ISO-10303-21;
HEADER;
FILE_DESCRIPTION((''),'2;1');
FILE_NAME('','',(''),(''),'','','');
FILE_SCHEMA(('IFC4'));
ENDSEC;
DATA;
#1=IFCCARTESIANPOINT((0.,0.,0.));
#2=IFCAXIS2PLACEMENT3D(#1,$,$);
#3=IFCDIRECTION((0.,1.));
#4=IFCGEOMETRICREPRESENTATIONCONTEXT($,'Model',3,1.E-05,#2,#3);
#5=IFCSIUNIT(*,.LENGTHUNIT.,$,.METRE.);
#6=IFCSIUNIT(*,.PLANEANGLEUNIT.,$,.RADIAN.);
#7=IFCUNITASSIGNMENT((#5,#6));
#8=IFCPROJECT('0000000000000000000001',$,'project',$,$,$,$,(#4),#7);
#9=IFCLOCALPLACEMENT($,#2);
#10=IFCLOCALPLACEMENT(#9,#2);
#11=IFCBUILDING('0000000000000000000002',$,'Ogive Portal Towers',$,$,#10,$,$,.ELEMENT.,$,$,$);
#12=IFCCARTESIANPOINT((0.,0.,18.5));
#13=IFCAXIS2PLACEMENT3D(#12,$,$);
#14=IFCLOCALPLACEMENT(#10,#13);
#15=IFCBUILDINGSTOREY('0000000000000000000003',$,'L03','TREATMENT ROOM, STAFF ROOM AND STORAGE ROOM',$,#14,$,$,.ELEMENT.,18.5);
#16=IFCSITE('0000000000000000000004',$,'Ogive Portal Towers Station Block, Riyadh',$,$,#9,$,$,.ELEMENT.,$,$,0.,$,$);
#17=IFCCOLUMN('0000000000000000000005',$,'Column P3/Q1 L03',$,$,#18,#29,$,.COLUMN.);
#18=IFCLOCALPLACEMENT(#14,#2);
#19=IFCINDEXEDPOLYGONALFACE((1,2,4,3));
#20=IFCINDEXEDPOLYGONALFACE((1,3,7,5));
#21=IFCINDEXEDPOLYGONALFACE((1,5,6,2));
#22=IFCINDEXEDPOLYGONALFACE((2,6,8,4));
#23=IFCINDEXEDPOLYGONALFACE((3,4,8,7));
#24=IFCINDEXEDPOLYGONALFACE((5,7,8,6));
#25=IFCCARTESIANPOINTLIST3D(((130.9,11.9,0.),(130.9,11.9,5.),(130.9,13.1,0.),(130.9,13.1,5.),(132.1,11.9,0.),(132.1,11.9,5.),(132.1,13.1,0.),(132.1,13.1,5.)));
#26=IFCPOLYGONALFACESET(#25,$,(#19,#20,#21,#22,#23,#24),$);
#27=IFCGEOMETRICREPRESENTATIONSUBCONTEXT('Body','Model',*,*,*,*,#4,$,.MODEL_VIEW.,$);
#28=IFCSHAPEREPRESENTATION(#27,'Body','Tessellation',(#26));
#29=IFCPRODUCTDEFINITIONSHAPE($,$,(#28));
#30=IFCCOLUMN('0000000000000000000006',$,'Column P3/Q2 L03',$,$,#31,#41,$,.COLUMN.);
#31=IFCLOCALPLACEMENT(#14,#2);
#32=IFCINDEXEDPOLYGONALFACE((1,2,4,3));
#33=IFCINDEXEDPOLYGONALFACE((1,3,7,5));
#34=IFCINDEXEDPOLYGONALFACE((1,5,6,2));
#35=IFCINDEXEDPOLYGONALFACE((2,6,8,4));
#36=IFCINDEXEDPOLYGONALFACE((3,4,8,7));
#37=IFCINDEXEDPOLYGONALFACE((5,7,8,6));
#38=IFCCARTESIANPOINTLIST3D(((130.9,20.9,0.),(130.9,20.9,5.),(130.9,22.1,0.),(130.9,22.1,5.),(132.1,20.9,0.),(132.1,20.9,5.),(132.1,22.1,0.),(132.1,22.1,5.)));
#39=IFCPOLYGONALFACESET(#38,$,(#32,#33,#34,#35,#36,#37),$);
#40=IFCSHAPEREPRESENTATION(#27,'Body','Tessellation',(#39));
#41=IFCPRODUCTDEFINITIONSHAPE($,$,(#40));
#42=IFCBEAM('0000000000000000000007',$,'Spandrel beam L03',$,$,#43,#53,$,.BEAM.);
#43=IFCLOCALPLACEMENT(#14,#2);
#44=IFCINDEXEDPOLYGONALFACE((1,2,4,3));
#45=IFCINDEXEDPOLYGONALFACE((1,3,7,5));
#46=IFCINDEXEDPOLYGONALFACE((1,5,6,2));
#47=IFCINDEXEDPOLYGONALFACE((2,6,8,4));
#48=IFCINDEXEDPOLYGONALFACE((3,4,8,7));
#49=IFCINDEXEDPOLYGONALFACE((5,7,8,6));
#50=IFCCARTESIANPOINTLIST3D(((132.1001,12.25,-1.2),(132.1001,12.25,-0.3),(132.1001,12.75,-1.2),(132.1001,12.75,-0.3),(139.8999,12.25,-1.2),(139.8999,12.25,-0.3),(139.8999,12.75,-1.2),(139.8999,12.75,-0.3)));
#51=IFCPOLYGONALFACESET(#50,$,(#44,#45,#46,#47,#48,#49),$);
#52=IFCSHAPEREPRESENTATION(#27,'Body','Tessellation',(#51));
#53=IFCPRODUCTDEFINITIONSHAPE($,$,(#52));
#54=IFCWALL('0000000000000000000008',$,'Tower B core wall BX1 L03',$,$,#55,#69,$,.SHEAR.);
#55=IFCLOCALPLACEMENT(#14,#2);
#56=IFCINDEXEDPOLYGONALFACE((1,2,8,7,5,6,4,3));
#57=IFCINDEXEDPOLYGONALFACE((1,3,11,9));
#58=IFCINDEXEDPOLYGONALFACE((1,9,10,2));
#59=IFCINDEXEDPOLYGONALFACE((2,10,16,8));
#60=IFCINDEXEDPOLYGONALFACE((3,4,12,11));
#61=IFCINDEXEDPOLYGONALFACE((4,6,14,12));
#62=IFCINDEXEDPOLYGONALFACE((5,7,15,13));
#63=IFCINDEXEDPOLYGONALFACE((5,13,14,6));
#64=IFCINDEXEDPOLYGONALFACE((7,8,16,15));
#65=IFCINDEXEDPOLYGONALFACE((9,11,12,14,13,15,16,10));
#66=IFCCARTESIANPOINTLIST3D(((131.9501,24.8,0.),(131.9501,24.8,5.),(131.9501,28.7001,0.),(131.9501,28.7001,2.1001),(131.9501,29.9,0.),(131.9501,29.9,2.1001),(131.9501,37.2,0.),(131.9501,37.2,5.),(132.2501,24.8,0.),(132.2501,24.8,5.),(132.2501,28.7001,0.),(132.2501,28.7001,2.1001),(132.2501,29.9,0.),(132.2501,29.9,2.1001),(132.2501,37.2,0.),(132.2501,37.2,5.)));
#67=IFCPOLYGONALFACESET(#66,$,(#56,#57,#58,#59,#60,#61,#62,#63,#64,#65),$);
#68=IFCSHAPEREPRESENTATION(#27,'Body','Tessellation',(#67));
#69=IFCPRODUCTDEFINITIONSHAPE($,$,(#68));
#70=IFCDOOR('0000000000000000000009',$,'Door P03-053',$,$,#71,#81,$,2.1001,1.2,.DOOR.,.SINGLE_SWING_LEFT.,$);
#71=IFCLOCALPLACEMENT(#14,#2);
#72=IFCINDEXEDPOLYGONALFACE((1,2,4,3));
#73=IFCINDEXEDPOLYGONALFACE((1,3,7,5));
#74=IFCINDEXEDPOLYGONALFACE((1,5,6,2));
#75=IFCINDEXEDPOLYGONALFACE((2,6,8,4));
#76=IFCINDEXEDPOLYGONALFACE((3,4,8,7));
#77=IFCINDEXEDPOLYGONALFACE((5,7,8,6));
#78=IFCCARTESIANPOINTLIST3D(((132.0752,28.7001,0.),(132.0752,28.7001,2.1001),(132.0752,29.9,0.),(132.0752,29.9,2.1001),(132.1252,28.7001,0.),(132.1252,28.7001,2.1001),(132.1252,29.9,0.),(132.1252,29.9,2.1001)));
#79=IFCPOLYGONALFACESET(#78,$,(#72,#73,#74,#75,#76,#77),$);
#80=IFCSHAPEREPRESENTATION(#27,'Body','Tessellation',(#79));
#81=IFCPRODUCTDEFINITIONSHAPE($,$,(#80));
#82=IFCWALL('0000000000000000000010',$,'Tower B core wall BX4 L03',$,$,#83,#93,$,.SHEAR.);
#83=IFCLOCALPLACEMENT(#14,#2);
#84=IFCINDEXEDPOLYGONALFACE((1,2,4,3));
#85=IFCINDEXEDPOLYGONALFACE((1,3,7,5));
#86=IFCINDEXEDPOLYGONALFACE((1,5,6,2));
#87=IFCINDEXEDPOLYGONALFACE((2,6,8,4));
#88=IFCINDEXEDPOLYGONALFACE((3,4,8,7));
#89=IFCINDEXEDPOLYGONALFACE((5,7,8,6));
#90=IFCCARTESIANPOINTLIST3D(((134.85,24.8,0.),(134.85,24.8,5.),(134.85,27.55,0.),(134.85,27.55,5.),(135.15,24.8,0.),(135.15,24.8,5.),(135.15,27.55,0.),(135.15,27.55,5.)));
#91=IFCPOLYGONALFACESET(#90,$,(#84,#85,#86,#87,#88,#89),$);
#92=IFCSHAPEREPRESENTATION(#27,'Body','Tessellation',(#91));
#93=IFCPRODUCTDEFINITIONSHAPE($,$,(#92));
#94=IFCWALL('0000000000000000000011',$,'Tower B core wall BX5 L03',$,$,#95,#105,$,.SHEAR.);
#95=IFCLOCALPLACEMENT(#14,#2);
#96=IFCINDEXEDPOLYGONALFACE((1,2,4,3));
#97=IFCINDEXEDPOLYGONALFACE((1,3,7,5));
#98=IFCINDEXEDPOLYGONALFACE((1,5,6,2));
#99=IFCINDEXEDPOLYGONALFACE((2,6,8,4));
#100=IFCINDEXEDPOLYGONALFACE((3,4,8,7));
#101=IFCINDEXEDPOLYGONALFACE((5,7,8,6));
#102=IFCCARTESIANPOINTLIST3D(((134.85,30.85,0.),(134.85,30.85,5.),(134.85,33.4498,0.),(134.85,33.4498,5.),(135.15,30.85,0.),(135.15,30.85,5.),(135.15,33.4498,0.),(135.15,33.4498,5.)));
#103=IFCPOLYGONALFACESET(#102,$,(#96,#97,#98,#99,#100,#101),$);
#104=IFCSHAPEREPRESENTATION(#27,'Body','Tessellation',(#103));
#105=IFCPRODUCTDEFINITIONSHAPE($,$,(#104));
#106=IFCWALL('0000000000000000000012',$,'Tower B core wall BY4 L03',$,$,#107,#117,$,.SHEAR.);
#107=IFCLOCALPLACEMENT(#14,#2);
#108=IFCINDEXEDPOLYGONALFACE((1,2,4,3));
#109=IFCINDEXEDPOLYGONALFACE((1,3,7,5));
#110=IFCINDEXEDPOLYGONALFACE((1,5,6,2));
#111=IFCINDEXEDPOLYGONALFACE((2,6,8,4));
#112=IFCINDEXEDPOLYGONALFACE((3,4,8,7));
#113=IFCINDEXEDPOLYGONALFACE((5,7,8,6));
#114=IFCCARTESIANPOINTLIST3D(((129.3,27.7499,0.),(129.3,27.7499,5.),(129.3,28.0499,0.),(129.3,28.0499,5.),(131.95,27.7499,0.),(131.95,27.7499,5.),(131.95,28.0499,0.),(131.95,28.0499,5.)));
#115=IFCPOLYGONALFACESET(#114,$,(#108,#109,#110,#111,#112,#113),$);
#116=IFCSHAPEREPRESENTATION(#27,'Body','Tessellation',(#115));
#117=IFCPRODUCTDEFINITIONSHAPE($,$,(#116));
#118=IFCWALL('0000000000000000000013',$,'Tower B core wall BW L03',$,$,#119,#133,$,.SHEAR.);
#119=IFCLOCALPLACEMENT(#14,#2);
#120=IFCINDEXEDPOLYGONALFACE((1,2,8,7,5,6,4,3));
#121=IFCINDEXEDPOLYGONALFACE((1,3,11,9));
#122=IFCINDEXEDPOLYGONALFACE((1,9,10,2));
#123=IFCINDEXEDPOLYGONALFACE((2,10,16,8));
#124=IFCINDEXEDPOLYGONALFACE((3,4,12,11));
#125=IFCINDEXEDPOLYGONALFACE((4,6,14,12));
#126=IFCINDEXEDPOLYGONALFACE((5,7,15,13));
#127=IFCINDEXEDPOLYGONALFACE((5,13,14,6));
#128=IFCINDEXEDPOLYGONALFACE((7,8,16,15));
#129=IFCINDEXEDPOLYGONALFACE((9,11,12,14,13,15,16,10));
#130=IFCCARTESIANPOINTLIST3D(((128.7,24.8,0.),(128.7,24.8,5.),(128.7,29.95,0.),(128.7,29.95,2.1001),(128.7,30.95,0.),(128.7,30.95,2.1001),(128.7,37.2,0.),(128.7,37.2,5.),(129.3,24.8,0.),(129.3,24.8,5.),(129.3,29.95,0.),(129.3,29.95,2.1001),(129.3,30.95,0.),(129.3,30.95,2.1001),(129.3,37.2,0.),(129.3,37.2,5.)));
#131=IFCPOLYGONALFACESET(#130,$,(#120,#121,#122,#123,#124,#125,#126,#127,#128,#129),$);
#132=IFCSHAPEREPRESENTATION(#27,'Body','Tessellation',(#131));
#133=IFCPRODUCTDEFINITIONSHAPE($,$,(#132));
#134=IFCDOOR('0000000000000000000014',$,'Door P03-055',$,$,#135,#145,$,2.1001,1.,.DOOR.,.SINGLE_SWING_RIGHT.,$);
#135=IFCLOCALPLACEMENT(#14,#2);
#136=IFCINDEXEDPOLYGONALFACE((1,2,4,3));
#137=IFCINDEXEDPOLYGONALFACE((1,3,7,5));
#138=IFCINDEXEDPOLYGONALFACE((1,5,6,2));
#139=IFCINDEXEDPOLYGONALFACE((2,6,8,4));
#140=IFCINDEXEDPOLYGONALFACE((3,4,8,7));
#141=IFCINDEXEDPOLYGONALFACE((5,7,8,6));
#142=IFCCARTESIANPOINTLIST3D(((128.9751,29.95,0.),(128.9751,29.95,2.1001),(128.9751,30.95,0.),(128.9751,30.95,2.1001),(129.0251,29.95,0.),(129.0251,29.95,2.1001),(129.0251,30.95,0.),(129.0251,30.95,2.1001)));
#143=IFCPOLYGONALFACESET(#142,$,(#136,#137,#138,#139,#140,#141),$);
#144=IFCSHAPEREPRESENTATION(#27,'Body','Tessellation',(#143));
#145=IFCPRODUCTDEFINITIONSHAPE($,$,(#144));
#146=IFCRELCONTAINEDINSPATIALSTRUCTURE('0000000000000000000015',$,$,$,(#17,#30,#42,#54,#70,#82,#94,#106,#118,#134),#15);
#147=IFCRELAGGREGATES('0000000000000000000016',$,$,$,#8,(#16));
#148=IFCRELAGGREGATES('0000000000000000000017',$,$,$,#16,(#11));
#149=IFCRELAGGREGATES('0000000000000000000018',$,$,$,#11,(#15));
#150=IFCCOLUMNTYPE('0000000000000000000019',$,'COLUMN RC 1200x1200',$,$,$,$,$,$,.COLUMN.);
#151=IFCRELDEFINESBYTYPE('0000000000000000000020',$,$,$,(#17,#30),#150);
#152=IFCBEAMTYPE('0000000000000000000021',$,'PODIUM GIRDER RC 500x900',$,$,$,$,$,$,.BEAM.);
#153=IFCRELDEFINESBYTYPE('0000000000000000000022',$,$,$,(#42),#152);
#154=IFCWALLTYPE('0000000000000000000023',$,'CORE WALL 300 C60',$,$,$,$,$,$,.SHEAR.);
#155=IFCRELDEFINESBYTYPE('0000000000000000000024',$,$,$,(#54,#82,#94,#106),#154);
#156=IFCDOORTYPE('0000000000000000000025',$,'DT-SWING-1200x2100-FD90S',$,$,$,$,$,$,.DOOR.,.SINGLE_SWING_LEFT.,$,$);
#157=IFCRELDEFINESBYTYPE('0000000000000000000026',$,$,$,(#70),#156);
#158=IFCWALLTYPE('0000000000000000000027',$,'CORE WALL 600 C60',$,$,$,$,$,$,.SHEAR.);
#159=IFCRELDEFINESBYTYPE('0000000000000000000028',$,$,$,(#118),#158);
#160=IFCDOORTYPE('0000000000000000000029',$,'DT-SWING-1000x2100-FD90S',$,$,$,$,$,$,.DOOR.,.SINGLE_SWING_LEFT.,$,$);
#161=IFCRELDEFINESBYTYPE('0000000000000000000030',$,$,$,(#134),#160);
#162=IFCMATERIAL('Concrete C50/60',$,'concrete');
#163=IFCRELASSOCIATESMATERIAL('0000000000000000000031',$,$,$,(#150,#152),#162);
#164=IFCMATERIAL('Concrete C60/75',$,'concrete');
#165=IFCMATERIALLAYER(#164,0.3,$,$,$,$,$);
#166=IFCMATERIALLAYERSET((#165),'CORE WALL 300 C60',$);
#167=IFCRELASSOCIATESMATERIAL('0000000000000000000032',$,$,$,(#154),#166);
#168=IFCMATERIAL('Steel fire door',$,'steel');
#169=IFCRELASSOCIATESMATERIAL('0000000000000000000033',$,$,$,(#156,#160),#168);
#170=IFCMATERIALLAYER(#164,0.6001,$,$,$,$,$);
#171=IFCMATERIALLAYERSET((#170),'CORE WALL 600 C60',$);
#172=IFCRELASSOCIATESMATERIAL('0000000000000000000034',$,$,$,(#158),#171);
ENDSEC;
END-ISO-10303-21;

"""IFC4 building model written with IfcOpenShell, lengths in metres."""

from ifc_helpers import new_model, si_unit, direction, frame, frame_2d, origin, origin_2d, place, context, subcontext, project, spatial, rectangle, extrude, material, layer, layer_set, material_profile, profile_set, type_object, element, fill, save


model = new_model("IFC4")

# Units and contexts
model_context = context("Model", 3, precision=1e-05, world=origin(), true_north=direction((0.0, 1.0)))
body_context = subcontext(model_context, "Body", "Model", "MODEL_VIEW")
ifc_project = project(units=[si_unit("LENGTHUNIT", "METRE"), si_unit("PLANEANGLEUNIT", "RADIAN")], contexts=[model_context])

# Site, building, storey
site_placement = place(None, origin())
site = spatial("IfcSite", under=ifc_project, at=site_placement, Name="Ogive Portal Towers Station Block, Riyadh", CompositionType="ELEMENT", RefElevation=0.0)
building_placement = place(site_placement, origin())
building = spatial("IfcBuilding", under=site, at=building_placement, Name="Ogive Portal Towers", CompositionType="ELEMENT")
storey_placement = place(building_placement, frame((0.0, 0.0, 18.5)))
storey = spatial("IfcBuildingStorey", under=building, at=storey_placement, Name="L03", Description="TREATMENT ROOM, STAFF ROOM AND STORAGE ROOM", CompositionType="ELEMENT", Elevation=18.5)

# Columns
ifc_material_1 = material(Name="Concrete C50/60", Category="concrete")
ifc_material_profile_1 = material_profile(ifc_material_1, rectangle(XDim=1.2, YDim=1.2, at=origin_2d()), Name="RC 1200x1200")
ifc_profile_set_1 = profile_set([ifc_material_profile_1], Name="Concrete C50/60")
column_type = type_object("IfcColumnType", Name="COLUMN RC 1200x1200", PredefinedType="COLUMN", material=ifc_profile_set_1)
for number, where, z_axis, x_axis, name in (
    (1, (131.5, 12.5, 0.0), (0.0, 0.0, 1.0), (1.0, 0.0, 0.0), "Column P3/Q1 L03"),
    (2, (131.5, 21.5, 0.0), (0.0, 0.0, 1.0), (1.0, 0.0, 0.0), "Column P3/Q2 L03"),
):
    element("IfcColumn", number, at=place(storey_placement, frame(where, z_axis=z_axis, x_axis=x_axis)), inside=storey, type_object=column_type, Name=name, PredefinedType="COLUMN", context=body_context, shape_type="SweptSolid", body=[
        extrude(rectangle(XDim=1.2, YDim=1.2, at=origin_2d()), origin(), (0.0, 0.0, 1.0), 5.0),
    ])

# Beam
ifc_material_profile_2 = material_profile(ifc_material_1, rectangle(XDim=0.5, YDim=0.8999, at=origin_2d()), Name="RC 500x900")
ifc_profile_set_2 = profile_set([ifc_material_profile_2], Name="Concrete C50/60")
beam_type = type_object("IfcBeamType", Name="PODIUM GIRDER RC 500x900", PredefinedType="BEAM", material=ifc_profile_set_2)
beam_placement = place(storey_placement, frame((132.1001, 12.5, -0.75), z_axis=(1.0, 0.0, 0.0), x_axis=(0.0, 1.0, 0.0)))
element("IfcBeam", 3, at=beam_placement, inside=storey, type_object=beam_type, Name="Spandrel beam L03", PredefinedType="BEAM", context=body_context, shape_type="SweptSolid", body=[
    extrude(rectangle(XDim=0.5, YDim=0.8999, at=origin_2d()), origin(), (0.0, 0.0, 1.0), 7.7998),
])

# Wall, opening, door
ifc_material_2 = material(Name="Concrete C60/75", Category="concrete")
ifc_layer_1 = layer(ifc_material_2, 0.3)
ifc_layer_set_1 = layer_set([ifc_layer_1], Name="CORE WALL 300 C60")
wall_type_1 = type_object("IfcWallType", Name="CORE WALL 300 C60", PredefinedType="SHEAR", material=ifc_layer_set_1)
wall_1_placement = place(storey_placement, frame((132.1001, 24.8, 0.0), z_axis=(0.0, 0.0, 1.0), x_axis=(0.0, 1.0, 0.0)))
wall_1 = element("IfcWall", 4, at=wall_1_placement, inside=storey, type_object=wall_type_1, Name="Tower B core wall BX1 L03", PredefinedType="SHEAR", context=body_context, shape_type="SweptSolid", body=[
    extrude(rectangle(XDim=12.3999, YDim=0.3, at=frame_2d((6.2, 0.0))), origin(), (0.0, 0.0, 1.0), 5.0),
])
opening_1_placement = place(wall_1_placement, frame((3.8999, 0.0, 0.0)))
opening_1 = element("IfcOpeningElement", 5, at=opening_1_placement, cuts=wall_1, PredefinedType="OPENING", context=body_context, shape_type="SweptSolid", body=[
    extrude(rectangle(XDim=1.2, YDim=2.1001, at=frame_2d((0.6001, 1.05))), frame((0.0, 0.1602, 0.0), z_axis=(0.0, -1.0, 0.0), x_axis=(1.0, 0.0, 0.0)), (0.0, 0.0, 1.0), 0.3201),
])
ifc_material_3 = material(Name="Steel fire door", Category="steel")
door_type_1 = type_object("IfcDoorType", Name="DT-SWING-1200x2100-FD90S", OperationType="SINGLE_SWING_LEFT", PredefinedType="DOOR", material=ifc_material_3)
door_1_placement = place(opening_1_placement, origin())
door_1 = element("IfcDoor", 6, at=door_1_placement, inside=storey, type_object=door_type_1, Name="Door P03-053", OperationType="SINGLE_SWING_LEFT", OverallHeight=2.1001, OverallWidth=1.2, PredefinedType="DOOR", context=body_context, shape_type="SweptSolid", body=[
    extrude(rectangle(XDim=1.2, YDim=2.1001, at=frame_2d((0.6001, 1.05))), frame((0.0, 0.0249, 0.0), z_axis=(0.0, -1.0, 0.0), x_axis=(1.0, 0.0, 0.0)), (0.0, 0.0, 1.0), 0.05),
])
fill(opening_1, door_1)

# Walls
wall_2_placement = place(storey_placement, frame((135.0, 24.8, 0.0), z_axis=(0.0, 0.0, 1.0), x_axis=(0.0, 1.0, 0.0)))
element("IfcWall", 7, at=wall_2_placement, inside=storey, type_object=wall_type_1, Name="Tower B core wall BX4 L03", PredefinedType="SHEAR", context=body_context, shape_type="SweptSolid", body=[
    extrude(rectangle(XDim=2.75, YDim=0.3, at=frame_2d((1.375, 0.0))), origin(), (0.0, 0.0, 1.0), 5.0),
])
wall_3_placement = place(storey_placement, frame((135.0, 30.8501, 0.0), z_axis=(0.0, 0.0, 1.0), x_axis=(0.0, 1.0, 0.0)))
element("IfcWall", 8, at=wall_3_placement, inside=storey, type_object=wall_type_1, Name="Tower B core wall BX5 L03", PredefinedType="SHEAR", context=body_context, shape_type="SweptSolid", body=[
    extrude(rectangle(XDim=2.5999, YDim=0.3, at=frame_2d((1.2998, 0.0))), origin(), (0.0, 0.0, 1.0), 5.0),
])

# Wall
wall_4_placement = place(storey_placement, frame((129.3, 27.8999, 0.0), z_axis=(0.0, 0.0, 1.0), x_axis=(1.0, 0.0, 0.0)))
element("IfcWall", 9, at=wall_4_placement, inside=storey, type_object=wall_type_1, Name="Tower B core wall BY4 L03", PredefinedType="SHEAR", context=body_context, shape_type="SweptSolid", body=[
    extrude(rectangle(XDim=2.6499, YDim=0.3, at=frame_2d((1.325, 0.0))), origin(), (0.0, 0.0, 1.0), 5.0),
])

# Wall, opening, door
ifc_layer_2 = layer(ifc_material_2, 0.6001)
ifc_layer_set_2 = layer_set([ifc_layer_2], Name="CORE WALL 600 C60")
wall_type_2 = type_object("IfcWallType", Name="CORE WALL 600 C60", PredefinedType="SHEAR", material=ifc_layer_set_2)
wall_5_placement = place(storey_placement, frame((129.0, 24.8, 0.0), z_axis=(0.0, 0.0, 1.0), x_axis=(0.0, 1.0, 0.0)))
wall_5 = element("IfcWall", 10, at=wall_5_placement, inside=storey, type_object=wall_type_2, Name="Tower B core wall BW L03", PredefinedType="SHEAR", context=body_context, shape_type="SweptSolid", body=[
    extrude(rectangle(XDim=12.3999, YDim=0.6001, at=frame_2d((6.2, 0.0))), origin(), (0.0, 0.0, 1.0), 5.0),
])
opening_2_placement = place(wall_5_placement, frame((5.1499, 0.0, 0.0)))
opening_2 = element("IfcOpeningElement", 11, at=opening_2_placement, cuts=wall_5, PredefinedType="OPENING", context=body_context, shape_type="SweptSolid", body=[
    extrude(rectangle(XDim=1.0, YDim=2.1001, at=frame_2d((0.5, 1.05))), frame((0.0, 0.3101, 0.0), z_axis=(0.0, -1.0, 0.0), x_axis=(1.0, 0.0, 0.0)), (0.0, 0.0, 1.0), 0.6201),
])
door_type_2 = type_object("IfcDoorType", Name="DT-SWING-1000x2100-FD90S", OperationType="SINGLE_SWING_LEFT", PredefinedType="DOOR", material=ifc_material_3)
door_2_placement = place(opening_2_placement, origin())
door_2 = element("IfcDoor", 12, at=door_2_placement, inside=storey, type_object=door_type_2, Name="Door P03-055", OperationType="SINGLE_SWING_RIGHT", OverallHeight=2.1001, OverallWidth=1.0, PredefinedType="DOOR", context=body_context, shape_type="SweptSolid", body=[
    extrude(rectangle(XDim=1.0, YDim=2.1001, at=frame_2d((0.5, 1.05))), frame((0.0, 0.0249, 0.0), z_axis=(0.0, -1.0, 0.0), x_axis=(1.0, 0.0, 0.0)), (0.0, 0.0, 1.0), 0.05),
])
fill(opening_2, door_2)

save(model, "model.ifc")
